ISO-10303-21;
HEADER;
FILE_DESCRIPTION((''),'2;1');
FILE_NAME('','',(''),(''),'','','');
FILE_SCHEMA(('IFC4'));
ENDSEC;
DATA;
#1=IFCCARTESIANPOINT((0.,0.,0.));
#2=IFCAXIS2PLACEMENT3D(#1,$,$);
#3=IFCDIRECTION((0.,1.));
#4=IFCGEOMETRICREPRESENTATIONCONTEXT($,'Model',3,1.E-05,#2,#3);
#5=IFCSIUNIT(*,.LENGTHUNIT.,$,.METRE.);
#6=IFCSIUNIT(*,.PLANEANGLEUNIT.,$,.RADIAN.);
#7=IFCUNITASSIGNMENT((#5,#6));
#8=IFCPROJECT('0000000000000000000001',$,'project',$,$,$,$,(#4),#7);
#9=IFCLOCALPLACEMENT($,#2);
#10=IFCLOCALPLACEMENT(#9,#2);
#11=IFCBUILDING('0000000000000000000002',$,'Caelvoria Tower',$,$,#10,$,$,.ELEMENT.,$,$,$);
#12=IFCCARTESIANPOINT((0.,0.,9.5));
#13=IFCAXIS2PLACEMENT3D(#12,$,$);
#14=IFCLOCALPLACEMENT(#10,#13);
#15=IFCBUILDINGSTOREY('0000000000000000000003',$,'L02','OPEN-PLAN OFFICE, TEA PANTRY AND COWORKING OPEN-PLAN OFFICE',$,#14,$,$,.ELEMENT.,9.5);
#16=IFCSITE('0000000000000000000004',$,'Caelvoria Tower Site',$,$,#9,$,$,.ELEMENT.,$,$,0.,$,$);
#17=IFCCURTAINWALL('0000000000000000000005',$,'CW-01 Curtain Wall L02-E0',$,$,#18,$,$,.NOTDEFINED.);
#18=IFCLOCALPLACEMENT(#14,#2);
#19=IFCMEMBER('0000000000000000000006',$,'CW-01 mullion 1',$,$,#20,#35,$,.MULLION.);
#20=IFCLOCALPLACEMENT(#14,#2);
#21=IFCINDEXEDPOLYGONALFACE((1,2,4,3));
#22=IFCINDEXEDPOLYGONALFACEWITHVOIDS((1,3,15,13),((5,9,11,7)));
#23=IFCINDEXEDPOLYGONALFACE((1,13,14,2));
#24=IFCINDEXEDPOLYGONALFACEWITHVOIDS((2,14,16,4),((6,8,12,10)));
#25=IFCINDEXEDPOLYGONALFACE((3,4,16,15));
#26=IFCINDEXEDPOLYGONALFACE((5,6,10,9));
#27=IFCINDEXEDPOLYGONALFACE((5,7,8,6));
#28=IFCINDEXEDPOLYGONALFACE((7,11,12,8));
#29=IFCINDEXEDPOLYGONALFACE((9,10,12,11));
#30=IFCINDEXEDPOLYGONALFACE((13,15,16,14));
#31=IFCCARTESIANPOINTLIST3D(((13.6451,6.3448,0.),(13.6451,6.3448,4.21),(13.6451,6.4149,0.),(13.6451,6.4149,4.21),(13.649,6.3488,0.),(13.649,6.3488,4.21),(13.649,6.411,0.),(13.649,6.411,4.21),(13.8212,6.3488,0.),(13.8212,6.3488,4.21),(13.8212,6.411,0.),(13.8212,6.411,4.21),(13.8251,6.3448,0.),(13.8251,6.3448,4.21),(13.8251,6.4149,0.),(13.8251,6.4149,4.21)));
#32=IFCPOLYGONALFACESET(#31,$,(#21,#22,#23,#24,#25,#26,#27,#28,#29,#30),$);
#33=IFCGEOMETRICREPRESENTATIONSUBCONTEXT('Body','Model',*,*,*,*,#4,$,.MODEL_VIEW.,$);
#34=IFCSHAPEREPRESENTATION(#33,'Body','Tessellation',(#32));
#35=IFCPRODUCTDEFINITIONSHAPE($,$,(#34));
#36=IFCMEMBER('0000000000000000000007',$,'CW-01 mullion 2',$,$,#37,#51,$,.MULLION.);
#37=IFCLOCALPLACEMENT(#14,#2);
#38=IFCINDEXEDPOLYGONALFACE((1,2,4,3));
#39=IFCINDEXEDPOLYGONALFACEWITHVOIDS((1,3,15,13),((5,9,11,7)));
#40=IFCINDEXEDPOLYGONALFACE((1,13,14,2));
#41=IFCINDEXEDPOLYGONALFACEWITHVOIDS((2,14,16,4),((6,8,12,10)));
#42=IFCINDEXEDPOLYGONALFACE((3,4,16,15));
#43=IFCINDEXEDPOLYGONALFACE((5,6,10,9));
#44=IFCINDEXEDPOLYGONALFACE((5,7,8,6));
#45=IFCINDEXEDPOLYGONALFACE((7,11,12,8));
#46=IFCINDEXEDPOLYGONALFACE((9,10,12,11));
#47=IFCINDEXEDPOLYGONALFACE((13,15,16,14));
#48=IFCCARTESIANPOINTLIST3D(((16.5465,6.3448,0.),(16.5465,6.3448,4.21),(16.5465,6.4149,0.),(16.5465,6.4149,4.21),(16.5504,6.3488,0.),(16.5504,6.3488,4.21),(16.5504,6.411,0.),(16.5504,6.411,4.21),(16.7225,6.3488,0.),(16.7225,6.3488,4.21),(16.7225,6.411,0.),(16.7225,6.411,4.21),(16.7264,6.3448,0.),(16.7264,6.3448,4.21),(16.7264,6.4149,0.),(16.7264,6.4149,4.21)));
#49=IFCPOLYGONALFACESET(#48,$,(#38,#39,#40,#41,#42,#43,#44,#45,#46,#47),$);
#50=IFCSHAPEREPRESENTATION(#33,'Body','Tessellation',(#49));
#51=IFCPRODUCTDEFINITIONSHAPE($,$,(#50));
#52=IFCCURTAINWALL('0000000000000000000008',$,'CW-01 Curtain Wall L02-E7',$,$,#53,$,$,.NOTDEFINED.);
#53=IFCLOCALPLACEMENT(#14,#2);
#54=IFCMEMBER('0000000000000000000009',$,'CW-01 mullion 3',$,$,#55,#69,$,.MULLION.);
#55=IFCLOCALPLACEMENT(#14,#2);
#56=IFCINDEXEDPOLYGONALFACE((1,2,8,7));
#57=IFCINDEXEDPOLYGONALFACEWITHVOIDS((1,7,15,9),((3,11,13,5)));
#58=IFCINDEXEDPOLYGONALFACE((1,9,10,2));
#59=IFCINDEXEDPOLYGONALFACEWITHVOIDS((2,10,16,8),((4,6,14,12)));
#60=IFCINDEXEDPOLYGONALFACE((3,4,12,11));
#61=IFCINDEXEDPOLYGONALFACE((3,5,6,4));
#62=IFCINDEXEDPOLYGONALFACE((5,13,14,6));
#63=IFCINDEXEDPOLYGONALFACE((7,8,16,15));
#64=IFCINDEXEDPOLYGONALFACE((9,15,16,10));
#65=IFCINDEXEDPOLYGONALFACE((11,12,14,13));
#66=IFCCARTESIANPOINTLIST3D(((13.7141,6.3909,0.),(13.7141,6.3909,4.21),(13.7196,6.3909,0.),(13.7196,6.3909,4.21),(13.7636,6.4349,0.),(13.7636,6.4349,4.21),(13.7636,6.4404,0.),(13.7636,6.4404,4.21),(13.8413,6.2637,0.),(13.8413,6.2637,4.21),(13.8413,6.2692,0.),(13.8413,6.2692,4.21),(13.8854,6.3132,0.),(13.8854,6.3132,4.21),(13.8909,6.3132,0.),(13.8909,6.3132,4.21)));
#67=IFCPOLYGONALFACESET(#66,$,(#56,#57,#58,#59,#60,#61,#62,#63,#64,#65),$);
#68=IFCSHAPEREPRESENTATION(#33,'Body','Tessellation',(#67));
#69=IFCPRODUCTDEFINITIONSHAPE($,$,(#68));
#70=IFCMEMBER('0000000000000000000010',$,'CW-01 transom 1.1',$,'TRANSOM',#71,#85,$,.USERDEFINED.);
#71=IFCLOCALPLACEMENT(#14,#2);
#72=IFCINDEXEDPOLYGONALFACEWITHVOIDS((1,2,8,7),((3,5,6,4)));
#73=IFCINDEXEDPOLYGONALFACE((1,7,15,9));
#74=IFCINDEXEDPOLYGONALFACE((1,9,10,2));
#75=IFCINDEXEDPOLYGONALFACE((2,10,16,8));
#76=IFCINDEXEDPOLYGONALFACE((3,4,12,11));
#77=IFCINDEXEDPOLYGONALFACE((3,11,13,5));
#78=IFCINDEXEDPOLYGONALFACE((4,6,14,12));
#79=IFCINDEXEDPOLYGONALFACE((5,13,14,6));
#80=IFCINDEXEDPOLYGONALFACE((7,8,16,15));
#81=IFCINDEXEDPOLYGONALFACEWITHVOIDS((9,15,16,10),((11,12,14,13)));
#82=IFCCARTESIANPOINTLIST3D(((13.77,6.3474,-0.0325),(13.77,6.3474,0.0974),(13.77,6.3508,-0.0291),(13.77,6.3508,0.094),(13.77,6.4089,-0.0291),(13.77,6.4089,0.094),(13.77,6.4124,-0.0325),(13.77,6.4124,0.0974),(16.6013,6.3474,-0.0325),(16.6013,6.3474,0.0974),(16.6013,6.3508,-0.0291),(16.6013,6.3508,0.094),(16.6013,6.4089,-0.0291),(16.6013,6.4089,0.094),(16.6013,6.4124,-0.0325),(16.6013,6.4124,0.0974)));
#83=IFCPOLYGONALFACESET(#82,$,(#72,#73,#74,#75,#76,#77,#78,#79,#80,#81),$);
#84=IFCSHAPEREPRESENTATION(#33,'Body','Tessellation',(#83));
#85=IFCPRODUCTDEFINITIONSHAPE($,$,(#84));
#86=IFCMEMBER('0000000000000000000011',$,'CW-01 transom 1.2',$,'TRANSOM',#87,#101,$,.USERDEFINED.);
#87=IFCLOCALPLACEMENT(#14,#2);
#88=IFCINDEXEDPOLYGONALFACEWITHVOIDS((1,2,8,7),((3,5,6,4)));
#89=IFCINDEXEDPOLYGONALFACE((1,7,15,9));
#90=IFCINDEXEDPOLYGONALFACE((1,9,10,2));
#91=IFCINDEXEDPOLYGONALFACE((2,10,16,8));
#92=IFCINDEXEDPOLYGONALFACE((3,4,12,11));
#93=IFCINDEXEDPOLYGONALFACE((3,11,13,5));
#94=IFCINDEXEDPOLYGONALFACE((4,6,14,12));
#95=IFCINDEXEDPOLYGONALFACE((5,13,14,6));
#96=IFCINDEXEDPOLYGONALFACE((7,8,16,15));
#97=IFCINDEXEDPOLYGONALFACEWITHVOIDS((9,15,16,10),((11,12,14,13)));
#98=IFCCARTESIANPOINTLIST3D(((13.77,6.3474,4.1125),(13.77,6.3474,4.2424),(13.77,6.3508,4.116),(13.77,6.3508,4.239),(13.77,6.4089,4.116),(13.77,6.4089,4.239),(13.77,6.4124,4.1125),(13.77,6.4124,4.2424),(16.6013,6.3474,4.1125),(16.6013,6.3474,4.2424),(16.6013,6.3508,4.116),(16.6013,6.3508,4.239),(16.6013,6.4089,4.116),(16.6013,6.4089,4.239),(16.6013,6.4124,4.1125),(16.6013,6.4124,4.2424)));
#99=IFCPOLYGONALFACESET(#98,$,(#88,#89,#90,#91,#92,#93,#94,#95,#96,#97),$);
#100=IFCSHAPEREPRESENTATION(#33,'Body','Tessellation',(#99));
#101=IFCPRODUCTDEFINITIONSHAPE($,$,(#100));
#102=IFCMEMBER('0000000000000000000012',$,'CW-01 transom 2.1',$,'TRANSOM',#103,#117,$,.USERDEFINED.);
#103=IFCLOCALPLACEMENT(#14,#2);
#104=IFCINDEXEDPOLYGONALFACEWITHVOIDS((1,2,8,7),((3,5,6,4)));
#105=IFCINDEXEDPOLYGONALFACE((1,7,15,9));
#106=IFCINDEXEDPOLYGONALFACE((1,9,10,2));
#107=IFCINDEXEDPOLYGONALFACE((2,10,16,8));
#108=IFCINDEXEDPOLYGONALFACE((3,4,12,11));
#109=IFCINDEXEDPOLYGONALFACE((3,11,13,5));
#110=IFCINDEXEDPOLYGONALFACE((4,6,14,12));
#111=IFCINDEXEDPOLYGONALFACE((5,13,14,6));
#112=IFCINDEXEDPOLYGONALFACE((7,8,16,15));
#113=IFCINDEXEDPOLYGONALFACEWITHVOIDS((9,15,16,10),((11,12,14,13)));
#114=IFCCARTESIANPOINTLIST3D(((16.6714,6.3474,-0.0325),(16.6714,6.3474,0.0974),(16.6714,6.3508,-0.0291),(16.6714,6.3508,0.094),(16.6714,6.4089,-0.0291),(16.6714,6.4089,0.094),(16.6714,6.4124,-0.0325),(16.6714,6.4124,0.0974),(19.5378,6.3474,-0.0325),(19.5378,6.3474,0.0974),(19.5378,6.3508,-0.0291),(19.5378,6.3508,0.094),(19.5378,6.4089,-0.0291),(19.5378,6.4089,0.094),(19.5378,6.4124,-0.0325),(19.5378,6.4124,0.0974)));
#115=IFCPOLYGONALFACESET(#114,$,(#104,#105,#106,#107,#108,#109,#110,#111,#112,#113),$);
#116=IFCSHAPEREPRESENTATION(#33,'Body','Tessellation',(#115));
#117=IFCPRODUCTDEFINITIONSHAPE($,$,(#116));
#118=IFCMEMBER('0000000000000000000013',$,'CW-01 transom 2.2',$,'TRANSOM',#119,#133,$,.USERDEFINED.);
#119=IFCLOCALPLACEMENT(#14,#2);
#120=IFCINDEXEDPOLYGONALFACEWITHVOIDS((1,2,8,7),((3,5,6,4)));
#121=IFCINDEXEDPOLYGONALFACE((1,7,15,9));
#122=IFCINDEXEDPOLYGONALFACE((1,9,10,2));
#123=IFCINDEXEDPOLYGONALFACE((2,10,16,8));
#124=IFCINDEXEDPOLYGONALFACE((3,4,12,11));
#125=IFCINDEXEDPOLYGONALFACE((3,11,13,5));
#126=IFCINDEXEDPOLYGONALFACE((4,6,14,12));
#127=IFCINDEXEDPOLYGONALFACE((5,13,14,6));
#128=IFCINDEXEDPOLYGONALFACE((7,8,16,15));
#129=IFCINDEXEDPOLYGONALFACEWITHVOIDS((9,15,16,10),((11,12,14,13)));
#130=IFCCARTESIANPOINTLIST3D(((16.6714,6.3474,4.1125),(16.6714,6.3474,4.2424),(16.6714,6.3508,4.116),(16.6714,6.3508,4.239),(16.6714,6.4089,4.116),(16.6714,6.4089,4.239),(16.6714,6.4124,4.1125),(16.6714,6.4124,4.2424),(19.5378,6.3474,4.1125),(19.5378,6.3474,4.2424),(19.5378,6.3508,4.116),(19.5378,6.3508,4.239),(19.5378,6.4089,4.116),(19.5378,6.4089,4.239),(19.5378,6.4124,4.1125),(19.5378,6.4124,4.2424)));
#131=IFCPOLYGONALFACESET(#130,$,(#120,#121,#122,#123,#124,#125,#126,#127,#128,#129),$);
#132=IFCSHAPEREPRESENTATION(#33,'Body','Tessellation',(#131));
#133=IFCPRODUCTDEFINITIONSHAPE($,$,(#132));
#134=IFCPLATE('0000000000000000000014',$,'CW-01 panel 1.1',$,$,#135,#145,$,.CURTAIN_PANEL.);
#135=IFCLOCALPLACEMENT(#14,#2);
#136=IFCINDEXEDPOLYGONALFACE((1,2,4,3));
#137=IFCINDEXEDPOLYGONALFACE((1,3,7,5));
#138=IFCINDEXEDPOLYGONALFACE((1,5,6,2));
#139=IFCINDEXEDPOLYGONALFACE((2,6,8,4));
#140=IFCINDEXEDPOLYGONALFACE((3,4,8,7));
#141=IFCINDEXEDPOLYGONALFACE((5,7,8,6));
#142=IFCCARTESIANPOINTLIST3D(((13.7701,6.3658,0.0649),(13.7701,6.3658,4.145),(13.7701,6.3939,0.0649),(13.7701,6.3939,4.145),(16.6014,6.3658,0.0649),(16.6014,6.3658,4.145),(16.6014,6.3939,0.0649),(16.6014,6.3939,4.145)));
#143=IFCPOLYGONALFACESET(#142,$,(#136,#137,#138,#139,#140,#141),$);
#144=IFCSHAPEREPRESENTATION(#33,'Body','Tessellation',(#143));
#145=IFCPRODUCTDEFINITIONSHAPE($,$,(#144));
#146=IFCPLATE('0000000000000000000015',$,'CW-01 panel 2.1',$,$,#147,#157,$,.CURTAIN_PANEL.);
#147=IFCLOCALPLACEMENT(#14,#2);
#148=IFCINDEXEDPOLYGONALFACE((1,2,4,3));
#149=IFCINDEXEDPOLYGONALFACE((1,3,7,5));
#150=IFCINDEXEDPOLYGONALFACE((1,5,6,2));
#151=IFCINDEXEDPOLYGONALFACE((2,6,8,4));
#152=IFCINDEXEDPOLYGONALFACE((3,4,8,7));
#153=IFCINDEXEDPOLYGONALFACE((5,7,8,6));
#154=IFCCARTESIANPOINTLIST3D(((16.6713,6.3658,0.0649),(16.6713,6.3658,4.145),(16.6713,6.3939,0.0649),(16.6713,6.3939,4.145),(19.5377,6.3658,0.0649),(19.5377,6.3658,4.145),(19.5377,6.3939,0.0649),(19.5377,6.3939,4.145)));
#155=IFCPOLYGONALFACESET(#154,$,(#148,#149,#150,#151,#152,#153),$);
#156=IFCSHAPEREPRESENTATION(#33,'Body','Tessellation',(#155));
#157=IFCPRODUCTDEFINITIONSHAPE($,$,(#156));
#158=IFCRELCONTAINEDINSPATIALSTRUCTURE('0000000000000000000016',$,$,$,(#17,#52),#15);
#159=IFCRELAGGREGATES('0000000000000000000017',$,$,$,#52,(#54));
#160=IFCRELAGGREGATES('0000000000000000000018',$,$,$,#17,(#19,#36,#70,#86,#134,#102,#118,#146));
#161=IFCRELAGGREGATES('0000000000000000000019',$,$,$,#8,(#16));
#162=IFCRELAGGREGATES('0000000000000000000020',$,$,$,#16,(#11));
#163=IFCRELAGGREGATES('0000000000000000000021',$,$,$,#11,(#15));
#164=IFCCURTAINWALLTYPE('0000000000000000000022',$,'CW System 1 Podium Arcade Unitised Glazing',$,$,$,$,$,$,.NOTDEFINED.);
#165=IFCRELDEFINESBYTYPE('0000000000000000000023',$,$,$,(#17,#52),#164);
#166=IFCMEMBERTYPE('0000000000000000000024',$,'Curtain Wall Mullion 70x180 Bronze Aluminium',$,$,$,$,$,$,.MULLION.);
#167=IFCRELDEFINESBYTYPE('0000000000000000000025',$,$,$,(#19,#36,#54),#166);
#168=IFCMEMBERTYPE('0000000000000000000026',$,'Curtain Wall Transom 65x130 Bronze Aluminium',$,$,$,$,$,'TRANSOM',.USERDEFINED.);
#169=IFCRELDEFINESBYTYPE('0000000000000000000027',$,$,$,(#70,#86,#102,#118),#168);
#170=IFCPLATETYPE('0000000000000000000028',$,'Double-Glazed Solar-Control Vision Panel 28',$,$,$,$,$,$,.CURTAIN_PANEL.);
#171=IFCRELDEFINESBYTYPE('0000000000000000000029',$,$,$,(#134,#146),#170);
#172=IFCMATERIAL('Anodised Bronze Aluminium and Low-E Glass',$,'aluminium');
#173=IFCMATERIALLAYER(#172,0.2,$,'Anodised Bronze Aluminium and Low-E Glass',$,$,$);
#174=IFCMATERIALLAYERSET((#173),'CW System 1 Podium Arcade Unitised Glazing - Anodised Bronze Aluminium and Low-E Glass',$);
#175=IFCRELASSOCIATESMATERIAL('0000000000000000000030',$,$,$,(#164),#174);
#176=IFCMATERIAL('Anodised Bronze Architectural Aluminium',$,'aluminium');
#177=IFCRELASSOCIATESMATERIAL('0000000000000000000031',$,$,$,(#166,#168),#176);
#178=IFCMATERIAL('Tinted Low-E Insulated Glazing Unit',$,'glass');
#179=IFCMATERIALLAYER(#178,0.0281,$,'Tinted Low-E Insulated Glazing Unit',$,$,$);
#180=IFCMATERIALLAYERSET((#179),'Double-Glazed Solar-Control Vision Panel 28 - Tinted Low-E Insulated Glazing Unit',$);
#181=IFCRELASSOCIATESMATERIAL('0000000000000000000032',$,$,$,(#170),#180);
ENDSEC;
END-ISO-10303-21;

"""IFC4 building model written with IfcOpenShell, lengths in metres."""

from ifc_helpers import new_model, si_unit, direction, frame, origin, origin_2d, place, context, subcontext, project, spatial, rectangle, hollow_rectangle, extrude, material, layer, layer_set, material_profile, profile_set, type_object, element, aggregate, save


model = new_model("IFC4")

# Units and contexts
model_context = context("Model", 3, precision=1e-05, world=origin(), true_north=direction((0.0, 1.0)))
body_context = subcontext(model_context, "Body", "Model", "MODEL_VIEW")
ifc_project = project(units=[si_unit("LENGTHUNIT", "METRE"), si_unit("PLANEANGLEUNIT", "RADIAN")], contexts=[model_context])

# Site, building, storey
site_placement = place(None, origin())
site = spatial("IfcSite", under=ifc_project, at=site_placement, Name="Caelvoria Tower Site", CompositionType="ELEMENT", RefElevation=0.0)
building_placement = place(site_placement, origin())
building = spatial("IfcBuilding", under=site, at=building_placement, Name="Caelvoria Tower", CompositionType="ELEMENT")
storey_placement = place(building_placement, frame((0.0, 0.0, 9.5)))
storey = spatial("IfcBuildingStorey", under=building, at=storey_placement, Name="L02", Description="OPEN-PLAN OFFICE, TEA PANTRY AND COWORKING OPEN-PLAN OFFICE", CompositionType="ELEMENT", Elevation=9.5)

# Curtain wall, members
ifc_material_1 = material(Name="Anodised Bronze Aluminium and Low-E Glass", Category="aluminium")
ifc_layer_1 = layer(ifc_material_1, 0.2, Name="Anodised Bronze Aluminium and Low-E Glass")
ifc_layer_set_1 = layer_set([ifc_layer_1], Name="CW System 1 Podium Arcade Unitised Glazing - Anodised Bronze Aluminium and Low-E Glass")
curtain_wall_type = type_object("IfcCurtainWallType", Name="CW System 1 Podium Arcade Unitised Glazing", PredefinedType="NOTDEFINED", material=ifc_layer_set_1)
curtain_wall_1_placement = place(storey_placement, origin())
curtain_wall_1 = element("IfcCurtainWall", 1, at=curtain_wall_1_placement, inside=storey, type_object=curtain_wall_type, Name="CW-01 Curtain Wall L02-E0", PredefinedType="NOTDEFINED")
ifc_material_2 = material(Name="Anodised Bronze Architectural Aluminium", Category="aluminium")
ifc_material_profile_1 = material_profile(ifc_material_2, hollow_rectangle(XDim=0.0701, YDim=0.1799, WallThickness=0.0039, at=origin_2d()), Name="Anodised Bronze Architectural Aluminium")
ifc_profile_set_1 = profile_set([ifc_material_profile_1], Name="CW_MULL_70X180 - Anodised Bronze Architectural Aluminium")
member_type_1 = type_object("IfcMemberType", Name="Curtain Wall Mullion 70x180 Bronze Aluminium", PredefinedType="MULLION", material=ifc_profile_set_1)
member_1_placement = place(storey_placement, frame((13.7351, 6.3799, 0.0), z_axis=(0.0, 0.0, 1.0), x_axis=(0.0, 1.0, 0.0)))
member_1 = element("IfcMember", 2, at=member_1_placement, type_object=member_type_1, Name="CW-01 mullion 1", PredefinedType="MULLION", context=body_context, shape_type="SweptSolid", body=[
    extrude(hollow_rectangle(XDim=0.0701, YDim=0.1799, WallThickness=0.0039, at=origin_2d()), origin(), (0.0, 0.0, 1.0), 4.21),
])
member_2_placement = place(storey_placement, frame((16.6365, 6.3799, 0.0), z_axis=(0.0, 0.0, 1.0), x_axis=(0.0, 1.0, 0.0)))
member_2 = element("IfcMember", 3, at=member_2_placement, type_object=member_type_1, Name="CW-01 mullion 2", PredefinedType="MULLION", context=body_context, shape_type="SweptSolid", body=[
    extrude(hollow_rectangle(XDim=0.0701, YDim=0.1799, WallThickness=0.0039, at=origin_2d()), origin(), (0.0, 0.0, 1.0), 4.21),
])

# Curtain wall, member
curtain_wall_2_placement = place(storey_placement, origin())
curtain_wall_2 = element("IfcCurtainWall", 4, at=curtain_wall_2_placement, inside=storey, type_object=curtain_wall_type, Name="CW-01 Curtain Wall L02-E7", PredefinedType="NOTDEFINED")
member_3_placement = place(storey_placement, frame((13.8025, 6.3521, 0.0), z_axis=(0.0, 0.0, 1.0), x_axis=(0.707107, 0.707107, 0.0)))
member_3 = element("IfcMember", 5, at=member_3_placement, type_object=member_type_1, Name="CW-01 mullion 3", PredefinedType="MULLION", context=body_context, shape_type="SweptSolid", body=[
    extrude(hollow_rectangle(XDim=0.0701, YDim=0.1799, WallThickness=0.0039, at=origin_2d()), origin(), (0.0, 0.0, 1.0), 4.21),
])
aggregate(curtain_wall_2, [member_3])

# Members
ifc_material_profile_2 = material_profile(ifc_material_2, hollow_rectangle(XDim=0.0649, YDim=0.1299, WallThickness=0.0034, at=origin_2d()), Name="Anodised Bronze Architectural Aluminium")
ifc_profile_set_2 = profile_set([ifc_material_profile_2], Name="CW_TRAN_65X130 - Anodised Bronze Architectural Aluminium")
member_type_2 = type_object("IfcMemberType", Name="Curtain Wall Transom 65x130 Bronze Aluminium", ElementType="TRANSOM", PredefinedType="USERDEFINED", material=ifc_profile_set_2)
member_4_placement = place(storey_placement, frame((13.77, 6.3799, 0.0325), z_axis=(1.0, 0.0, 0.0), x_axis=(0.0, 1.0, 0.0)))
member_4 = element("IfcMember", 6, at=member_4_placement, type_object=member_type_2, Name="CW-01 transom 1.1", ObjectType="TRANSOM", PredefinedType="USERDEFINED", context=body_context, shape_type="SweptSolid", body=[
    extrude(hollow_rectangle(XDim=0.0649, YDim=0.1299, WallThickness=0.0034, at=origin_2d()), origin(), (0.0, 0.0, 1.0), 2.8313),
])
member_5_placement = place(storey_placement, frame((13.77, 6.3799, 4.1775), z_axis=(1.0, 0.0, 0.0), x_axis=(0.0, 1.0, 0.0)))
member_5 = element("IfcMember", 7, at=member_5_placement, type_object=member_type_2, Name="CW-01 transom 1.2", ObjectType="TRANSOM", PredefinedType="USERDEFINED", context=body_context, shape_type="SweptSolid", body=[
    extrude(hollow_rectangle(XDim=0.0649, YDim=0.1299, WallThickness=0.0034, at=origin_2d()), origin(), (0.0, 0.0, 1.0), 2.8313),
])
member_6_placement = place(storey_placement, frame((16.6714, 6.3799, 0.0325), z_axis=(1.0, 0.0, 0.0), x_axis=(0.0, 1.0, 0.0)))
member_6 = element("IfcMember", 8, at=member_6_placement, type_object=member_type_2, Name="CW-01 transom 2.1", ObjectType="TRANSOM", PredefinedType="USERDEFINED", context=body_context, shape_type="SweptSolid", body=[
    extrude(hollow_rectangle(XDim=0.0649, YDim=0.1299, WallThickness=0.0034, at=origin_2d()), origin(), (0.0, 0.0, 1.0), 2.8665),
])
member_7_placement = place(storey_placement, frame((16.6714, 6.3799, 4.1775), z_axis=(1.0, 0.0, 0.0), x_axis=(0.0, 1.0, 0.0)))
member_7 = element("IfcMember", 9, at=member_7_placement, type_object=member_type_2, Name="CW-01 transom 2.2", ObjectType="TRANSOM", PredefinedType="USERDEFINED", context=body_context, shape_type="SweptSolid", body=[
    extrude(hollow_rectangle(XDim=0.0649, YDim=0.1299, WallThickness=0.0034, at=origin_2d()), origin(), (0.0, 0.0, 1.0), 2.8665),
])

# Plates
ifc_material_3 = material(Name="Tinted Low-E Insulated Glazing Unit", Category="glass")
ifc_layer_2 = layer(ifc_material_3, 0.0281, Name="Tinted Low-E Insulated Glazing Unit")
ifc_layer_set_2 = layer_set([ifc_layer_2], Name="Double-Glazed Solar-Control Vision Panel 28 - Tinted Low-E Insulated Glazing Unit")
plate_type = type_object("IfcPlateType", Name="Double-Glazed Solar-Control Vision Panel 28", PredefinedType="CURTAIN_PANEL", material=ifc_layer_set_2)
plate_1_placement = place(storey_placement, frame((15.1858, 6.3799, 0.0649), z_axis=(0.0, 0.0, 1.0), x_axis=(1.0, 0.0, 0.0)))
plate_1 = element("IfcPlate", 10, at=plate_1_placement, type_object=plate_type, Name="CW-01 panel 1.1", PredefinedType="CURTAIN_PANEL", context=body_context, shape_type="SweptSolid", body=[
    extrude(rectangle(XDim=2.8313, YDim=0.0281, at=origin_2d()), origin(), (0.0, 0.0, 1.0), 4.0801),
])
plate_2_placement = place(storey_placement, frame((18.1045, 6.3799, 0.0649), z_axis=(0.0, 0.0, 1.0), x_axis=(1.0, 0.0, 0.0)))
plate_2 = element("IfcPlate", 11, at=plate_2_placement, type_object=plate_type, Name="CW-01 panel 2.1", PredefinedType="CURTAIN_PANEL", context=body_context, shape_type="SweptSolid", body=[
    extrude(rectangle(XDim=2.8665, YDim=0.0281, at=origin_2d()), origin(), (0.0, 0.0, 1.0), 4.0801),
])
aggregate(curtain_wall_1, [member_1, member_2, member_4, member_5, plate_1, member_6, member_7, plate_2])

save(model, "model.ifc")
